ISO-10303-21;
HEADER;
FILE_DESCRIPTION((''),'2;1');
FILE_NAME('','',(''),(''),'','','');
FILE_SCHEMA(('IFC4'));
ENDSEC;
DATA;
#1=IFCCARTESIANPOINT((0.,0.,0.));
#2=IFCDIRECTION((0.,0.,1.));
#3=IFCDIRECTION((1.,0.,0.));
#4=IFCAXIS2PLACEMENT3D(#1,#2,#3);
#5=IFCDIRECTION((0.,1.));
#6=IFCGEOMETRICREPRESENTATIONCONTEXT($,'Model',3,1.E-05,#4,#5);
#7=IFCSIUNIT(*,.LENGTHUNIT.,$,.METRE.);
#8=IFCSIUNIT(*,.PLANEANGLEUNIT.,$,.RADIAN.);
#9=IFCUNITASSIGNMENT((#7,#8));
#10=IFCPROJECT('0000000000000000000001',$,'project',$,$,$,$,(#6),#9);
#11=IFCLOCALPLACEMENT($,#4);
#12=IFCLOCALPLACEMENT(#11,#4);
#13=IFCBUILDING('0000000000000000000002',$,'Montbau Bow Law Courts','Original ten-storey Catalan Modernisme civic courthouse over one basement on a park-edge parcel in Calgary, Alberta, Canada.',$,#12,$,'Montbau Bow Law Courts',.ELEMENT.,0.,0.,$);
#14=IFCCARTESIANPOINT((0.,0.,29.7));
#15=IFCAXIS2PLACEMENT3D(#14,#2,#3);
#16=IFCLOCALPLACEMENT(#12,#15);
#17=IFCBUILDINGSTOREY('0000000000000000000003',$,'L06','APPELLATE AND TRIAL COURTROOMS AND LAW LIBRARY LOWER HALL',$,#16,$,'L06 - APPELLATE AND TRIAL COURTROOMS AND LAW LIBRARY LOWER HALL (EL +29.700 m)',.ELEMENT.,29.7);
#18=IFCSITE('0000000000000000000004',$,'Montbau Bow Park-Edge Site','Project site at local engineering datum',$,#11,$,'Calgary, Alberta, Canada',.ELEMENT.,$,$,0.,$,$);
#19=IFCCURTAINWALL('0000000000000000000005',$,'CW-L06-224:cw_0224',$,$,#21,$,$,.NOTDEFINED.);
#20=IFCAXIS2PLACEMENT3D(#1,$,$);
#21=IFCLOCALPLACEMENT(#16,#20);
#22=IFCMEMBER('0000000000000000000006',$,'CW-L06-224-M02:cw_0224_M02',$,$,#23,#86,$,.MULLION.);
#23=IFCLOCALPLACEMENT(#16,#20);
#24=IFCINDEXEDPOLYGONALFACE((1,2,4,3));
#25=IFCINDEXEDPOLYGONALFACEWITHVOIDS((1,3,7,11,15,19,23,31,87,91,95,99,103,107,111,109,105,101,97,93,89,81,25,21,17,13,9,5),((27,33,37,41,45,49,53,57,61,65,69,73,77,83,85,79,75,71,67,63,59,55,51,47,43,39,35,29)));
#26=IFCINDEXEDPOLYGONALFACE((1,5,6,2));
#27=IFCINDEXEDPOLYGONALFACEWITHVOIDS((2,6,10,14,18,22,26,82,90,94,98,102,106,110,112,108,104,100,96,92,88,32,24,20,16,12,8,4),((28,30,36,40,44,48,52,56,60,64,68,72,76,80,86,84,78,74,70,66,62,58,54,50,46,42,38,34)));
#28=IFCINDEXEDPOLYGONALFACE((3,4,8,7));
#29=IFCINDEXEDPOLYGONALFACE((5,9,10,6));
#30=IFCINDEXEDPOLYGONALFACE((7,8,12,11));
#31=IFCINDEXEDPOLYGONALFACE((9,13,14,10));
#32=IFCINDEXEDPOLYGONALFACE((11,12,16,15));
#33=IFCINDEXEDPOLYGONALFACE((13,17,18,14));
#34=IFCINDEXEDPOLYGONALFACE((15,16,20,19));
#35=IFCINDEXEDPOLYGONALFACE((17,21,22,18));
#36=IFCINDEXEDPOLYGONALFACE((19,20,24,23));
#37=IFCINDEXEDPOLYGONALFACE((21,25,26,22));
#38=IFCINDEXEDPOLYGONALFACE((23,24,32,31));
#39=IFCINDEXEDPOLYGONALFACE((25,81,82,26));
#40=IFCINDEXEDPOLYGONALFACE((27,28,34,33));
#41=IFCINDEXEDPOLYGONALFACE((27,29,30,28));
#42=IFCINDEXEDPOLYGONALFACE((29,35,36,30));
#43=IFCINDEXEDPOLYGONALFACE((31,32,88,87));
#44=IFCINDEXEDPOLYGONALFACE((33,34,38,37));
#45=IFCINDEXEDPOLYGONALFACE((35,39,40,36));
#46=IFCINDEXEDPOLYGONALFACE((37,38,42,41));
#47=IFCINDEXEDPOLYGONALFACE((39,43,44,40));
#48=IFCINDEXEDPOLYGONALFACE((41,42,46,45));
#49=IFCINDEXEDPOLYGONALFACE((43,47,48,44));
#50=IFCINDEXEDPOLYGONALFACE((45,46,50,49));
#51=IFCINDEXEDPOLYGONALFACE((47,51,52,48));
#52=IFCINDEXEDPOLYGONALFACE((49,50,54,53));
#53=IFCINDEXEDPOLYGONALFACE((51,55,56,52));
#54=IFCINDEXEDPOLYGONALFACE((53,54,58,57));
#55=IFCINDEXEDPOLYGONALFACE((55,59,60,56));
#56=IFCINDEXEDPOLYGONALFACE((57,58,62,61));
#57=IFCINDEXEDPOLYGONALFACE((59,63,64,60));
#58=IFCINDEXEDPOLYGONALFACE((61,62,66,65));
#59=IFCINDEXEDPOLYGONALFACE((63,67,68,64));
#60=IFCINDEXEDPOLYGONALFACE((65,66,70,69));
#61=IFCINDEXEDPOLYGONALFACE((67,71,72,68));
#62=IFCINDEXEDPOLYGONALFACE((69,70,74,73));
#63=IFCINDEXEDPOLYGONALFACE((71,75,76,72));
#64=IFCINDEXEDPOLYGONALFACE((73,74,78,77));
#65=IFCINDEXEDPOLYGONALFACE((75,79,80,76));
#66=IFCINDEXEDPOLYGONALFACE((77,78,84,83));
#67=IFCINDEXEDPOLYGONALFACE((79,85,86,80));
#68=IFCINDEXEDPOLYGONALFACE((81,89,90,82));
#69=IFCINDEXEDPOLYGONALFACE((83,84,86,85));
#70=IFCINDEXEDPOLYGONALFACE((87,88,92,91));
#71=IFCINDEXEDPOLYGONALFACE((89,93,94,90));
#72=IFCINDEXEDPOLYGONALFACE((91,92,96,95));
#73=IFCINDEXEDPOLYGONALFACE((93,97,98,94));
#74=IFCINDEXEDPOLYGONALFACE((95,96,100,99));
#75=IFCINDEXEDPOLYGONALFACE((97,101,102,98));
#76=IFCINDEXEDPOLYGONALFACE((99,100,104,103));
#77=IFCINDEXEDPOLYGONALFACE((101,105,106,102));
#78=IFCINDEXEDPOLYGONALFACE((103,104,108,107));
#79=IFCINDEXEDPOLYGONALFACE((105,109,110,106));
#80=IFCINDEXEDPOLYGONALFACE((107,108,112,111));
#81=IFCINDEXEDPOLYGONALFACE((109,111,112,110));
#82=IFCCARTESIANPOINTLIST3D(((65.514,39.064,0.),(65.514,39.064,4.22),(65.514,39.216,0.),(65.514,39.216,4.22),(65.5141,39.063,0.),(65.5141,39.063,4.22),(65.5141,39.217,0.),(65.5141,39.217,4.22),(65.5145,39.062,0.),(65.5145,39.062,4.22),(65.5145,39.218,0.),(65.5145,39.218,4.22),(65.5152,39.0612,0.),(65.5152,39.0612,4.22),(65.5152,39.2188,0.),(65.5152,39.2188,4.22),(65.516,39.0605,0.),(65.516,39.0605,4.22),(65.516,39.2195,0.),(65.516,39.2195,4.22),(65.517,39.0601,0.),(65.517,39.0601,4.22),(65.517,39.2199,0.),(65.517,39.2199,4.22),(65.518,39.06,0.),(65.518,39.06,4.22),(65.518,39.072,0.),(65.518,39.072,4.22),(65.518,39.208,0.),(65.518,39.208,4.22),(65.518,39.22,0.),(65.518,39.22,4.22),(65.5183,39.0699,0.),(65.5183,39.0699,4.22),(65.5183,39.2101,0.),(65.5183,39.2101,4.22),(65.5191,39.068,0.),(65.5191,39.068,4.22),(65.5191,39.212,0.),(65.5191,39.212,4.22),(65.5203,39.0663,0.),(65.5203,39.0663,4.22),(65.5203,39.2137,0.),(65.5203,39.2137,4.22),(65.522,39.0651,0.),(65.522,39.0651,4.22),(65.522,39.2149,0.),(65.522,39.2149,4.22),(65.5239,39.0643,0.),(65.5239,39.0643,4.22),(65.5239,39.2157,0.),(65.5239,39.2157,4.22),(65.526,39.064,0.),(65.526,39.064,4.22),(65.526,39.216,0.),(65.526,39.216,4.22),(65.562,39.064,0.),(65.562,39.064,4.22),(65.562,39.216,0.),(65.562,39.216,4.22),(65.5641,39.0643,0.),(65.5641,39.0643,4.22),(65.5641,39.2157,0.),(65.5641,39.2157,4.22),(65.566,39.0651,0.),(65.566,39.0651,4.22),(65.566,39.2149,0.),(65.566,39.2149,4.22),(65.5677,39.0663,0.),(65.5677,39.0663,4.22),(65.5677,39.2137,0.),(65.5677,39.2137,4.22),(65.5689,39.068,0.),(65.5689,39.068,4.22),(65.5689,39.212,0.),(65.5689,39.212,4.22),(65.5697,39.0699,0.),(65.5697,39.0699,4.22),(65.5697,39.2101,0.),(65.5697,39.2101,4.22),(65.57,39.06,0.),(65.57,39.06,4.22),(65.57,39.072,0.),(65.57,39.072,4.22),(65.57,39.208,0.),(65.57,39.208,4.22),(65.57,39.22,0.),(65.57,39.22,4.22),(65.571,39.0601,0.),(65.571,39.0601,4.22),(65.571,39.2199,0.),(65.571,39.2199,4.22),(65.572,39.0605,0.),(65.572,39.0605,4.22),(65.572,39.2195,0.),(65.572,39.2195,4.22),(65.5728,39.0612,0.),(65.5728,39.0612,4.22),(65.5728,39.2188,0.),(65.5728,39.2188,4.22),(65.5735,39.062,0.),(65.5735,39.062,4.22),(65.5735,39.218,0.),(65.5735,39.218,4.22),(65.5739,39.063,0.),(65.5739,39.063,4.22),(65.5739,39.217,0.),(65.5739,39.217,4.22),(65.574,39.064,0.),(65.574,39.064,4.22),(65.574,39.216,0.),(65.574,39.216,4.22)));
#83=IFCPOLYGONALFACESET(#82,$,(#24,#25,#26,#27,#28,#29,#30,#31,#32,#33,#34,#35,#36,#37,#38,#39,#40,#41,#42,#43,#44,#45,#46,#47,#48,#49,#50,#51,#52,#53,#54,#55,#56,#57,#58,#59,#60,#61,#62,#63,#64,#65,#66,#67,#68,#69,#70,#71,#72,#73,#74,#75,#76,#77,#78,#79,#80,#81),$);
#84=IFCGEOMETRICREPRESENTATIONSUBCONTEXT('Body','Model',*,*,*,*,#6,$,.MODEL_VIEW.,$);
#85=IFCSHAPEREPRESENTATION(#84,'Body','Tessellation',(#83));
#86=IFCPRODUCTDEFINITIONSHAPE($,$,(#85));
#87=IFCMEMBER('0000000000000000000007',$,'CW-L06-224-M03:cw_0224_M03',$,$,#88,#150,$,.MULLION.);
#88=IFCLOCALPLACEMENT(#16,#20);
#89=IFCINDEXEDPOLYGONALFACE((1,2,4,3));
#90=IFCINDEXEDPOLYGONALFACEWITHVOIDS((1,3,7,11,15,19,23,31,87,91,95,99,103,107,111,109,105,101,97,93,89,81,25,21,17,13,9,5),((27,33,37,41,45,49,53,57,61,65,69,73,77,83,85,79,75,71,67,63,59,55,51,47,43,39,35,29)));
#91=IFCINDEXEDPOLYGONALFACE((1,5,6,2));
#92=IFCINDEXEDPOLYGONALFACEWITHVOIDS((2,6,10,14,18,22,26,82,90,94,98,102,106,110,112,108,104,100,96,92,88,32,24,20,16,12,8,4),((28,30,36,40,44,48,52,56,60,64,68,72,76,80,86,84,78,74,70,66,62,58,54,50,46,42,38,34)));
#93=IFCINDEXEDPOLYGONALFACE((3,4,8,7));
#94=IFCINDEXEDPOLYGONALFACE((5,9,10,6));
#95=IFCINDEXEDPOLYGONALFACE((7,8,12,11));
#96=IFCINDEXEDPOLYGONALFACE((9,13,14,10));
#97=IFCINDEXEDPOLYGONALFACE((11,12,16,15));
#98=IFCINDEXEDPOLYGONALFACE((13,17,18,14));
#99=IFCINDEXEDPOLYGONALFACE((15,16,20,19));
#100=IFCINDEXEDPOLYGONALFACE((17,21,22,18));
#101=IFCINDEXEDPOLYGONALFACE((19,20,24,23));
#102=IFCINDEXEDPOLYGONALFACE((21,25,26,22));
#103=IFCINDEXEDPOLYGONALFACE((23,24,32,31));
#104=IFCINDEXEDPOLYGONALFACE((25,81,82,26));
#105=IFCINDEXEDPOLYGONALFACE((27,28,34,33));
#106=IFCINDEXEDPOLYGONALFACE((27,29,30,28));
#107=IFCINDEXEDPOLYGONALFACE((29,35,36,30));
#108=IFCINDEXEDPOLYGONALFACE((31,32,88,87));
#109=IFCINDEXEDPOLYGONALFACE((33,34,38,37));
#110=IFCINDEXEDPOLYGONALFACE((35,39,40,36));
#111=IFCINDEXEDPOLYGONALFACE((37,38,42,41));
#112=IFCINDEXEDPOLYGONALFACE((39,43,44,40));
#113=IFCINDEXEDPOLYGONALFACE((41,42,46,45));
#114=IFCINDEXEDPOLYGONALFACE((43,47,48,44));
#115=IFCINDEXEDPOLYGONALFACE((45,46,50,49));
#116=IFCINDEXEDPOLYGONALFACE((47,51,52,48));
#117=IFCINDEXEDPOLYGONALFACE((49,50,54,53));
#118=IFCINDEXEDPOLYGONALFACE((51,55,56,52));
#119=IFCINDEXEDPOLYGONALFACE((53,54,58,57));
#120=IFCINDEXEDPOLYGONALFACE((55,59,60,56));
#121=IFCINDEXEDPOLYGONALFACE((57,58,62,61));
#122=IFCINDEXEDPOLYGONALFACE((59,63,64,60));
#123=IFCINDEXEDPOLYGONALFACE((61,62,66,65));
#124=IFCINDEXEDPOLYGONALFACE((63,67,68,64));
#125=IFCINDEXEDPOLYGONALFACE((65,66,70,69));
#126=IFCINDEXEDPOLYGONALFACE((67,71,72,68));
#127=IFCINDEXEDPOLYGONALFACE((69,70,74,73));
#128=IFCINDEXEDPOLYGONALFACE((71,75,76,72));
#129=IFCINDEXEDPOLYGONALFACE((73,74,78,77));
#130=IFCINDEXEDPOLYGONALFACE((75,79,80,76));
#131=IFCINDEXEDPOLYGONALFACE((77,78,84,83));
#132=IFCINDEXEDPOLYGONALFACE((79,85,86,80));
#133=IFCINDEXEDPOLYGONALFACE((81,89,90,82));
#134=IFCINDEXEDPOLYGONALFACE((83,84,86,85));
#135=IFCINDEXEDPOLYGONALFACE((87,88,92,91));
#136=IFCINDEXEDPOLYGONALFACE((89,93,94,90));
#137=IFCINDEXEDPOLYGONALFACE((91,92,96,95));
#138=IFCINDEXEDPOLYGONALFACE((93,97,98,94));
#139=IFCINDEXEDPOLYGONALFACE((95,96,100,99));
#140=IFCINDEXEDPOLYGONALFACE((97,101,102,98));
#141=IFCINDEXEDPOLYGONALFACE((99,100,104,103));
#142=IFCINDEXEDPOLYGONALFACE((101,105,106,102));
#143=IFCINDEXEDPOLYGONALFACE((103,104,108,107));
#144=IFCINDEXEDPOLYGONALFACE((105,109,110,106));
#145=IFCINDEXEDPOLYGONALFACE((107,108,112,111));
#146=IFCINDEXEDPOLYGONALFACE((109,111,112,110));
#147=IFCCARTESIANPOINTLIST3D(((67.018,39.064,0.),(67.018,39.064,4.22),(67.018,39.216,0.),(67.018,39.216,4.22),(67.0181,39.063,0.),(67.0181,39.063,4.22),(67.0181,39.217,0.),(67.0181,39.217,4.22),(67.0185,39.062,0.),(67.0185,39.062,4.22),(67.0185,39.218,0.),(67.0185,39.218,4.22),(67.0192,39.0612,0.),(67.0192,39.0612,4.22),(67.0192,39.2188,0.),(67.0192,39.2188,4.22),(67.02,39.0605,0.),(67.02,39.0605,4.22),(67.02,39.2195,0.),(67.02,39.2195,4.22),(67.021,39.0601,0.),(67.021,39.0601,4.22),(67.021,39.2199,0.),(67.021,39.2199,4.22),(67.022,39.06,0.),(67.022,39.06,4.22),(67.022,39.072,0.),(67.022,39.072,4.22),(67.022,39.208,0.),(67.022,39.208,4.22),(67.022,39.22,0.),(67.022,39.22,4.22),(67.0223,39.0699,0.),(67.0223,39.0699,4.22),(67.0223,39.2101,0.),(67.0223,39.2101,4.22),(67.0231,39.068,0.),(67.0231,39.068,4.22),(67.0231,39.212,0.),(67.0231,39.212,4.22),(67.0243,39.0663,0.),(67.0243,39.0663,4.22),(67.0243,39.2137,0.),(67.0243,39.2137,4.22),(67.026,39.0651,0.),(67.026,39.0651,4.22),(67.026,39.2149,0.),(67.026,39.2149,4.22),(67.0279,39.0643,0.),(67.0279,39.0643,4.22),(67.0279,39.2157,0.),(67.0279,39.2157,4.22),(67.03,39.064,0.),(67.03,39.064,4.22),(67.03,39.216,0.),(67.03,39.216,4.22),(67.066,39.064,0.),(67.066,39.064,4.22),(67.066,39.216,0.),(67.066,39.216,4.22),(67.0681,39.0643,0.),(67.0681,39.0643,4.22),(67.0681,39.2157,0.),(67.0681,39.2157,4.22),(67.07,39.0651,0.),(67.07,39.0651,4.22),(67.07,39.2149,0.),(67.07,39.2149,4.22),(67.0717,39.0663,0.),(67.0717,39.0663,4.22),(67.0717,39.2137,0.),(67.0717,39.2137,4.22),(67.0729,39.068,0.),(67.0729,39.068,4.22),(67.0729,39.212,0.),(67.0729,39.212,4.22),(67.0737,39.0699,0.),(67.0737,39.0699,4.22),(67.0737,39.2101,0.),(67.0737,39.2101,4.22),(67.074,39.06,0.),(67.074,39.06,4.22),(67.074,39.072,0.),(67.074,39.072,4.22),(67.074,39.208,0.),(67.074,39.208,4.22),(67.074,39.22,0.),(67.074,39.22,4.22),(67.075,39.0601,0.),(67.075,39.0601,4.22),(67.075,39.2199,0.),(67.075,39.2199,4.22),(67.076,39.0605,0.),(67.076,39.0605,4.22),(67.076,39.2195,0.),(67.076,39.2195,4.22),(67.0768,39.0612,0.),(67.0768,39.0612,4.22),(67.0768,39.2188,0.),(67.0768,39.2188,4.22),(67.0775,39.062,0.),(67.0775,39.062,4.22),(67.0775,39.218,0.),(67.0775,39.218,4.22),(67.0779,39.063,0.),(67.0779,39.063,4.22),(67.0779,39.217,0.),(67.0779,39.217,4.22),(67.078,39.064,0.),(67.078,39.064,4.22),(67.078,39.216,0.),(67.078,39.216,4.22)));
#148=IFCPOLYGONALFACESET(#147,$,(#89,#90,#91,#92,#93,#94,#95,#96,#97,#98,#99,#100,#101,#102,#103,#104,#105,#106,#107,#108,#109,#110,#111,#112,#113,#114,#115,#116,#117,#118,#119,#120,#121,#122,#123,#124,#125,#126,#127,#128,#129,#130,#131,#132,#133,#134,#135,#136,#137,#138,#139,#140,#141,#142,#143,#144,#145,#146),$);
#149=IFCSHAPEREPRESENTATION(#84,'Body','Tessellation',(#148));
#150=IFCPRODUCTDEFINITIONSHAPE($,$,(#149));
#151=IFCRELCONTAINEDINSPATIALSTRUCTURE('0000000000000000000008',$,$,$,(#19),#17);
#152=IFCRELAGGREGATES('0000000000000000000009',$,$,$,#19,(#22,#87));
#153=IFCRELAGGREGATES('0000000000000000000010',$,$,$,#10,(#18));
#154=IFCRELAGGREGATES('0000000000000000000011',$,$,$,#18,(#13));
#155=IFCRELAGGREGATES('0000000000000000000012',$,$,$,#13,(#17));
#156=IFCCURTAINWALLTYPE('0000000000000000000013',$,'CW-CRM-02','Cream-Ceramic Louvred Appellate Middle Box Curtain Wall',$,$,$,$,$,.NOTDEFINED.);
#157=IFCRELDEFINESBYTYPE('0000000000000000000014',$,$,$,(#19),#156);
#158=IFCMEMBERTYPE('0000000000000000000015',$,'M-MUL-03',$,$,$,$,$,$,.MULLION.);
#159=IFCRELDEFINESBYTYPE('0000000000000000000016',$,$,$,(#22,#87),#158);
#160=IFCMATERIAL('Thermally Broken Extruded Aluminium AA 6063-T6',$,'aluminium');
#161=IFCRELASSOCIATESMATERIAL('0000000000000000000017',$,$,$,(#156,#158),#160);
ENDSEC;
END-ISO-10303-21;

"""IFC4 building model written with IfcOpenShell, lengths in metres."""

from ifc_helpers import new_model, si_unit, direction, frame, origin_with_axes, origin_2d_with_axis, place, context, subcontext, project, spatial, hollow_rectangle, extrude, material, material_profile, profile_set, type_object, element, aggregate, save


model = new_model("IFC4")

# Units and contexts
model_context = context("Model", 3, precision=1e-05, world=origin_with_axes(), true_north=direction((0.0, 1.0)))
body_context = subcontext(model_context, "Body", "Model", "MODEL_VIEW")
ifc_project = project(units=[si_unit("LENGTHUNIT", "METRE"), si_unit("PLANEANGLEUNIT", "RADIAN")], contexts=[model_context])

# Site, building, storey
site_placement = place(None, origin_with_axes())
site = spatial("IfcSite", under=ifc_project, at=site_placement, Name="Montbau Bow Park-Edge Site", Description="Project site at local engineering datum", LongName="Calgary, Alberta, Canada", CompositionType="ELEMENT", RefElevation=0.0)
building_placement = place(site_placement, origin_with_axes())
building = spatial("IfcBuilding", under=site, at=building_placement, Name="Montbau Bow Law Courts", Description="Original ten-storey Catalan Modernisme civic courthouse over one basement on a park-edge parcel in Calgary, Alberta, Canada.", LongName="Montbau Bow Law Courts", CompositionType="ELEMENT", ElevationOfRefHeight=0.0, ElevationOfTerrain=0.0)
storey_placement = place(building_placement, frame((0.0, 0.0, 29.7), z_axis=(0.0, 0.0, 1.0), x_axis=(1.0, 0.0, 0.0)))
storey = spatial("IfcBuildingStorey", under=building, at=storey_placement, Name="L06", Description="APPELLATE AND TRIAL COURTROOMS AND LAW LIBRARY LOWER HALL", LongName="L06 - APPELLATE AND TRIAL COURTROOMS AND LAW LIBRARY LOWER HALL (EL +29.700 m)", CompositionType="ELEMENT", Elevation=29.7)

# Curtain wall, members
ifc_material_1 = material(Name="Thermally Broken Extruded Aluminium AA 6063-T6", Category="aluminium")
curtain_wall_type = type_object("IfcCurtainWallType", Name="CW-CRM-02", Description="Cream-Ceramic Louvred Appellate Middle Box Curtain Wall", PredefinedType="NOTDEFINED", material=ifc_material_1)
curtain_wall_placement = place(None, frame((64.04, 39.14, 29.7), z_axis=(0.0, 0.0, 1.0), x_axis=(1.0, 0.0, 0.0)))
curtain_wall = element("IfcCurtainWall", 1, at=curtain_wall_placement, inside=storey, type_object=curtain_wall_type, Name="CW-L06-224:cw_0224", PredefinedType="NOTDEFINED")
ifc_material_profile_1 = material_profile(ifc_material_1, hollow_rectangle(XDim=0.06, YDim=0.16, WallThickness=0.004, InnerFilletRadius=0.008, OuterFilletRadius=0.004, at=origin_2d_with_axis()), Name="CWM-160X60", Category="Main", Priority=0)
ifc_profile_set_1 = profile_set([ifc_material_profile_1], Name="Thermally Broken Extruded Aluminium AA 6063-T6")
member_type_1 = type_object("IfcMemberType", Name="M-MUL-03", PredefinedType="MULLION", material=ifc_profile_set_1)
member_1_placement = place(None, frame((65.544, 39.14, 29.7), z_axis=(0.0, 0.0, 1.0), x_axis=(1.0, 0.0, 0.0)))
member_1 = element("IfcMember", 2, at=member_1_placement, type_object=member_type_1, Name="CW-L06-224-M02:cw_0224_M02", PredefinedType="MULLION", context=body_context, shape_type="SweptSolid", body=[
    extrude(hollow_rectangle(XDim=0.06, YDim=0.16, WallThickness=0.004, InnerFilletRadius=0.008, OuterFilletRadius=0.004, at=origin_2d_with_axis()), origin_with_axes(), (0.0, 0.0, 1.0), 4.22),
])
member_2_placement = place(None, frame((67.048, 39.14, 29.7), z_axis=(0.0, 0.0, 1.0), x_axis=(1.0, 0.0, 0.0)))
member_2 = element("IfcMember", 3, at=member_2_placement, type_object=member_type_1, Name="CW-L06-224-M03:cw_0224_M03", PredefinedType="MULLION", context=body_context, shape_type="SweptSolid", body=[
    extrude(hollow_rectangle(XDim=0.06, YDim=0.16, WallThickness=0.004, InnerFilletRadius=0.008, OuterFilletRadius=0.004, at=origin_2d_with_axis()), origin_with_axes(), (0.0, 0.0, 1.0), 4.22),
])
aggregate(curtain_wall, [member_1, member_2])

save(model, "model.ifc")
